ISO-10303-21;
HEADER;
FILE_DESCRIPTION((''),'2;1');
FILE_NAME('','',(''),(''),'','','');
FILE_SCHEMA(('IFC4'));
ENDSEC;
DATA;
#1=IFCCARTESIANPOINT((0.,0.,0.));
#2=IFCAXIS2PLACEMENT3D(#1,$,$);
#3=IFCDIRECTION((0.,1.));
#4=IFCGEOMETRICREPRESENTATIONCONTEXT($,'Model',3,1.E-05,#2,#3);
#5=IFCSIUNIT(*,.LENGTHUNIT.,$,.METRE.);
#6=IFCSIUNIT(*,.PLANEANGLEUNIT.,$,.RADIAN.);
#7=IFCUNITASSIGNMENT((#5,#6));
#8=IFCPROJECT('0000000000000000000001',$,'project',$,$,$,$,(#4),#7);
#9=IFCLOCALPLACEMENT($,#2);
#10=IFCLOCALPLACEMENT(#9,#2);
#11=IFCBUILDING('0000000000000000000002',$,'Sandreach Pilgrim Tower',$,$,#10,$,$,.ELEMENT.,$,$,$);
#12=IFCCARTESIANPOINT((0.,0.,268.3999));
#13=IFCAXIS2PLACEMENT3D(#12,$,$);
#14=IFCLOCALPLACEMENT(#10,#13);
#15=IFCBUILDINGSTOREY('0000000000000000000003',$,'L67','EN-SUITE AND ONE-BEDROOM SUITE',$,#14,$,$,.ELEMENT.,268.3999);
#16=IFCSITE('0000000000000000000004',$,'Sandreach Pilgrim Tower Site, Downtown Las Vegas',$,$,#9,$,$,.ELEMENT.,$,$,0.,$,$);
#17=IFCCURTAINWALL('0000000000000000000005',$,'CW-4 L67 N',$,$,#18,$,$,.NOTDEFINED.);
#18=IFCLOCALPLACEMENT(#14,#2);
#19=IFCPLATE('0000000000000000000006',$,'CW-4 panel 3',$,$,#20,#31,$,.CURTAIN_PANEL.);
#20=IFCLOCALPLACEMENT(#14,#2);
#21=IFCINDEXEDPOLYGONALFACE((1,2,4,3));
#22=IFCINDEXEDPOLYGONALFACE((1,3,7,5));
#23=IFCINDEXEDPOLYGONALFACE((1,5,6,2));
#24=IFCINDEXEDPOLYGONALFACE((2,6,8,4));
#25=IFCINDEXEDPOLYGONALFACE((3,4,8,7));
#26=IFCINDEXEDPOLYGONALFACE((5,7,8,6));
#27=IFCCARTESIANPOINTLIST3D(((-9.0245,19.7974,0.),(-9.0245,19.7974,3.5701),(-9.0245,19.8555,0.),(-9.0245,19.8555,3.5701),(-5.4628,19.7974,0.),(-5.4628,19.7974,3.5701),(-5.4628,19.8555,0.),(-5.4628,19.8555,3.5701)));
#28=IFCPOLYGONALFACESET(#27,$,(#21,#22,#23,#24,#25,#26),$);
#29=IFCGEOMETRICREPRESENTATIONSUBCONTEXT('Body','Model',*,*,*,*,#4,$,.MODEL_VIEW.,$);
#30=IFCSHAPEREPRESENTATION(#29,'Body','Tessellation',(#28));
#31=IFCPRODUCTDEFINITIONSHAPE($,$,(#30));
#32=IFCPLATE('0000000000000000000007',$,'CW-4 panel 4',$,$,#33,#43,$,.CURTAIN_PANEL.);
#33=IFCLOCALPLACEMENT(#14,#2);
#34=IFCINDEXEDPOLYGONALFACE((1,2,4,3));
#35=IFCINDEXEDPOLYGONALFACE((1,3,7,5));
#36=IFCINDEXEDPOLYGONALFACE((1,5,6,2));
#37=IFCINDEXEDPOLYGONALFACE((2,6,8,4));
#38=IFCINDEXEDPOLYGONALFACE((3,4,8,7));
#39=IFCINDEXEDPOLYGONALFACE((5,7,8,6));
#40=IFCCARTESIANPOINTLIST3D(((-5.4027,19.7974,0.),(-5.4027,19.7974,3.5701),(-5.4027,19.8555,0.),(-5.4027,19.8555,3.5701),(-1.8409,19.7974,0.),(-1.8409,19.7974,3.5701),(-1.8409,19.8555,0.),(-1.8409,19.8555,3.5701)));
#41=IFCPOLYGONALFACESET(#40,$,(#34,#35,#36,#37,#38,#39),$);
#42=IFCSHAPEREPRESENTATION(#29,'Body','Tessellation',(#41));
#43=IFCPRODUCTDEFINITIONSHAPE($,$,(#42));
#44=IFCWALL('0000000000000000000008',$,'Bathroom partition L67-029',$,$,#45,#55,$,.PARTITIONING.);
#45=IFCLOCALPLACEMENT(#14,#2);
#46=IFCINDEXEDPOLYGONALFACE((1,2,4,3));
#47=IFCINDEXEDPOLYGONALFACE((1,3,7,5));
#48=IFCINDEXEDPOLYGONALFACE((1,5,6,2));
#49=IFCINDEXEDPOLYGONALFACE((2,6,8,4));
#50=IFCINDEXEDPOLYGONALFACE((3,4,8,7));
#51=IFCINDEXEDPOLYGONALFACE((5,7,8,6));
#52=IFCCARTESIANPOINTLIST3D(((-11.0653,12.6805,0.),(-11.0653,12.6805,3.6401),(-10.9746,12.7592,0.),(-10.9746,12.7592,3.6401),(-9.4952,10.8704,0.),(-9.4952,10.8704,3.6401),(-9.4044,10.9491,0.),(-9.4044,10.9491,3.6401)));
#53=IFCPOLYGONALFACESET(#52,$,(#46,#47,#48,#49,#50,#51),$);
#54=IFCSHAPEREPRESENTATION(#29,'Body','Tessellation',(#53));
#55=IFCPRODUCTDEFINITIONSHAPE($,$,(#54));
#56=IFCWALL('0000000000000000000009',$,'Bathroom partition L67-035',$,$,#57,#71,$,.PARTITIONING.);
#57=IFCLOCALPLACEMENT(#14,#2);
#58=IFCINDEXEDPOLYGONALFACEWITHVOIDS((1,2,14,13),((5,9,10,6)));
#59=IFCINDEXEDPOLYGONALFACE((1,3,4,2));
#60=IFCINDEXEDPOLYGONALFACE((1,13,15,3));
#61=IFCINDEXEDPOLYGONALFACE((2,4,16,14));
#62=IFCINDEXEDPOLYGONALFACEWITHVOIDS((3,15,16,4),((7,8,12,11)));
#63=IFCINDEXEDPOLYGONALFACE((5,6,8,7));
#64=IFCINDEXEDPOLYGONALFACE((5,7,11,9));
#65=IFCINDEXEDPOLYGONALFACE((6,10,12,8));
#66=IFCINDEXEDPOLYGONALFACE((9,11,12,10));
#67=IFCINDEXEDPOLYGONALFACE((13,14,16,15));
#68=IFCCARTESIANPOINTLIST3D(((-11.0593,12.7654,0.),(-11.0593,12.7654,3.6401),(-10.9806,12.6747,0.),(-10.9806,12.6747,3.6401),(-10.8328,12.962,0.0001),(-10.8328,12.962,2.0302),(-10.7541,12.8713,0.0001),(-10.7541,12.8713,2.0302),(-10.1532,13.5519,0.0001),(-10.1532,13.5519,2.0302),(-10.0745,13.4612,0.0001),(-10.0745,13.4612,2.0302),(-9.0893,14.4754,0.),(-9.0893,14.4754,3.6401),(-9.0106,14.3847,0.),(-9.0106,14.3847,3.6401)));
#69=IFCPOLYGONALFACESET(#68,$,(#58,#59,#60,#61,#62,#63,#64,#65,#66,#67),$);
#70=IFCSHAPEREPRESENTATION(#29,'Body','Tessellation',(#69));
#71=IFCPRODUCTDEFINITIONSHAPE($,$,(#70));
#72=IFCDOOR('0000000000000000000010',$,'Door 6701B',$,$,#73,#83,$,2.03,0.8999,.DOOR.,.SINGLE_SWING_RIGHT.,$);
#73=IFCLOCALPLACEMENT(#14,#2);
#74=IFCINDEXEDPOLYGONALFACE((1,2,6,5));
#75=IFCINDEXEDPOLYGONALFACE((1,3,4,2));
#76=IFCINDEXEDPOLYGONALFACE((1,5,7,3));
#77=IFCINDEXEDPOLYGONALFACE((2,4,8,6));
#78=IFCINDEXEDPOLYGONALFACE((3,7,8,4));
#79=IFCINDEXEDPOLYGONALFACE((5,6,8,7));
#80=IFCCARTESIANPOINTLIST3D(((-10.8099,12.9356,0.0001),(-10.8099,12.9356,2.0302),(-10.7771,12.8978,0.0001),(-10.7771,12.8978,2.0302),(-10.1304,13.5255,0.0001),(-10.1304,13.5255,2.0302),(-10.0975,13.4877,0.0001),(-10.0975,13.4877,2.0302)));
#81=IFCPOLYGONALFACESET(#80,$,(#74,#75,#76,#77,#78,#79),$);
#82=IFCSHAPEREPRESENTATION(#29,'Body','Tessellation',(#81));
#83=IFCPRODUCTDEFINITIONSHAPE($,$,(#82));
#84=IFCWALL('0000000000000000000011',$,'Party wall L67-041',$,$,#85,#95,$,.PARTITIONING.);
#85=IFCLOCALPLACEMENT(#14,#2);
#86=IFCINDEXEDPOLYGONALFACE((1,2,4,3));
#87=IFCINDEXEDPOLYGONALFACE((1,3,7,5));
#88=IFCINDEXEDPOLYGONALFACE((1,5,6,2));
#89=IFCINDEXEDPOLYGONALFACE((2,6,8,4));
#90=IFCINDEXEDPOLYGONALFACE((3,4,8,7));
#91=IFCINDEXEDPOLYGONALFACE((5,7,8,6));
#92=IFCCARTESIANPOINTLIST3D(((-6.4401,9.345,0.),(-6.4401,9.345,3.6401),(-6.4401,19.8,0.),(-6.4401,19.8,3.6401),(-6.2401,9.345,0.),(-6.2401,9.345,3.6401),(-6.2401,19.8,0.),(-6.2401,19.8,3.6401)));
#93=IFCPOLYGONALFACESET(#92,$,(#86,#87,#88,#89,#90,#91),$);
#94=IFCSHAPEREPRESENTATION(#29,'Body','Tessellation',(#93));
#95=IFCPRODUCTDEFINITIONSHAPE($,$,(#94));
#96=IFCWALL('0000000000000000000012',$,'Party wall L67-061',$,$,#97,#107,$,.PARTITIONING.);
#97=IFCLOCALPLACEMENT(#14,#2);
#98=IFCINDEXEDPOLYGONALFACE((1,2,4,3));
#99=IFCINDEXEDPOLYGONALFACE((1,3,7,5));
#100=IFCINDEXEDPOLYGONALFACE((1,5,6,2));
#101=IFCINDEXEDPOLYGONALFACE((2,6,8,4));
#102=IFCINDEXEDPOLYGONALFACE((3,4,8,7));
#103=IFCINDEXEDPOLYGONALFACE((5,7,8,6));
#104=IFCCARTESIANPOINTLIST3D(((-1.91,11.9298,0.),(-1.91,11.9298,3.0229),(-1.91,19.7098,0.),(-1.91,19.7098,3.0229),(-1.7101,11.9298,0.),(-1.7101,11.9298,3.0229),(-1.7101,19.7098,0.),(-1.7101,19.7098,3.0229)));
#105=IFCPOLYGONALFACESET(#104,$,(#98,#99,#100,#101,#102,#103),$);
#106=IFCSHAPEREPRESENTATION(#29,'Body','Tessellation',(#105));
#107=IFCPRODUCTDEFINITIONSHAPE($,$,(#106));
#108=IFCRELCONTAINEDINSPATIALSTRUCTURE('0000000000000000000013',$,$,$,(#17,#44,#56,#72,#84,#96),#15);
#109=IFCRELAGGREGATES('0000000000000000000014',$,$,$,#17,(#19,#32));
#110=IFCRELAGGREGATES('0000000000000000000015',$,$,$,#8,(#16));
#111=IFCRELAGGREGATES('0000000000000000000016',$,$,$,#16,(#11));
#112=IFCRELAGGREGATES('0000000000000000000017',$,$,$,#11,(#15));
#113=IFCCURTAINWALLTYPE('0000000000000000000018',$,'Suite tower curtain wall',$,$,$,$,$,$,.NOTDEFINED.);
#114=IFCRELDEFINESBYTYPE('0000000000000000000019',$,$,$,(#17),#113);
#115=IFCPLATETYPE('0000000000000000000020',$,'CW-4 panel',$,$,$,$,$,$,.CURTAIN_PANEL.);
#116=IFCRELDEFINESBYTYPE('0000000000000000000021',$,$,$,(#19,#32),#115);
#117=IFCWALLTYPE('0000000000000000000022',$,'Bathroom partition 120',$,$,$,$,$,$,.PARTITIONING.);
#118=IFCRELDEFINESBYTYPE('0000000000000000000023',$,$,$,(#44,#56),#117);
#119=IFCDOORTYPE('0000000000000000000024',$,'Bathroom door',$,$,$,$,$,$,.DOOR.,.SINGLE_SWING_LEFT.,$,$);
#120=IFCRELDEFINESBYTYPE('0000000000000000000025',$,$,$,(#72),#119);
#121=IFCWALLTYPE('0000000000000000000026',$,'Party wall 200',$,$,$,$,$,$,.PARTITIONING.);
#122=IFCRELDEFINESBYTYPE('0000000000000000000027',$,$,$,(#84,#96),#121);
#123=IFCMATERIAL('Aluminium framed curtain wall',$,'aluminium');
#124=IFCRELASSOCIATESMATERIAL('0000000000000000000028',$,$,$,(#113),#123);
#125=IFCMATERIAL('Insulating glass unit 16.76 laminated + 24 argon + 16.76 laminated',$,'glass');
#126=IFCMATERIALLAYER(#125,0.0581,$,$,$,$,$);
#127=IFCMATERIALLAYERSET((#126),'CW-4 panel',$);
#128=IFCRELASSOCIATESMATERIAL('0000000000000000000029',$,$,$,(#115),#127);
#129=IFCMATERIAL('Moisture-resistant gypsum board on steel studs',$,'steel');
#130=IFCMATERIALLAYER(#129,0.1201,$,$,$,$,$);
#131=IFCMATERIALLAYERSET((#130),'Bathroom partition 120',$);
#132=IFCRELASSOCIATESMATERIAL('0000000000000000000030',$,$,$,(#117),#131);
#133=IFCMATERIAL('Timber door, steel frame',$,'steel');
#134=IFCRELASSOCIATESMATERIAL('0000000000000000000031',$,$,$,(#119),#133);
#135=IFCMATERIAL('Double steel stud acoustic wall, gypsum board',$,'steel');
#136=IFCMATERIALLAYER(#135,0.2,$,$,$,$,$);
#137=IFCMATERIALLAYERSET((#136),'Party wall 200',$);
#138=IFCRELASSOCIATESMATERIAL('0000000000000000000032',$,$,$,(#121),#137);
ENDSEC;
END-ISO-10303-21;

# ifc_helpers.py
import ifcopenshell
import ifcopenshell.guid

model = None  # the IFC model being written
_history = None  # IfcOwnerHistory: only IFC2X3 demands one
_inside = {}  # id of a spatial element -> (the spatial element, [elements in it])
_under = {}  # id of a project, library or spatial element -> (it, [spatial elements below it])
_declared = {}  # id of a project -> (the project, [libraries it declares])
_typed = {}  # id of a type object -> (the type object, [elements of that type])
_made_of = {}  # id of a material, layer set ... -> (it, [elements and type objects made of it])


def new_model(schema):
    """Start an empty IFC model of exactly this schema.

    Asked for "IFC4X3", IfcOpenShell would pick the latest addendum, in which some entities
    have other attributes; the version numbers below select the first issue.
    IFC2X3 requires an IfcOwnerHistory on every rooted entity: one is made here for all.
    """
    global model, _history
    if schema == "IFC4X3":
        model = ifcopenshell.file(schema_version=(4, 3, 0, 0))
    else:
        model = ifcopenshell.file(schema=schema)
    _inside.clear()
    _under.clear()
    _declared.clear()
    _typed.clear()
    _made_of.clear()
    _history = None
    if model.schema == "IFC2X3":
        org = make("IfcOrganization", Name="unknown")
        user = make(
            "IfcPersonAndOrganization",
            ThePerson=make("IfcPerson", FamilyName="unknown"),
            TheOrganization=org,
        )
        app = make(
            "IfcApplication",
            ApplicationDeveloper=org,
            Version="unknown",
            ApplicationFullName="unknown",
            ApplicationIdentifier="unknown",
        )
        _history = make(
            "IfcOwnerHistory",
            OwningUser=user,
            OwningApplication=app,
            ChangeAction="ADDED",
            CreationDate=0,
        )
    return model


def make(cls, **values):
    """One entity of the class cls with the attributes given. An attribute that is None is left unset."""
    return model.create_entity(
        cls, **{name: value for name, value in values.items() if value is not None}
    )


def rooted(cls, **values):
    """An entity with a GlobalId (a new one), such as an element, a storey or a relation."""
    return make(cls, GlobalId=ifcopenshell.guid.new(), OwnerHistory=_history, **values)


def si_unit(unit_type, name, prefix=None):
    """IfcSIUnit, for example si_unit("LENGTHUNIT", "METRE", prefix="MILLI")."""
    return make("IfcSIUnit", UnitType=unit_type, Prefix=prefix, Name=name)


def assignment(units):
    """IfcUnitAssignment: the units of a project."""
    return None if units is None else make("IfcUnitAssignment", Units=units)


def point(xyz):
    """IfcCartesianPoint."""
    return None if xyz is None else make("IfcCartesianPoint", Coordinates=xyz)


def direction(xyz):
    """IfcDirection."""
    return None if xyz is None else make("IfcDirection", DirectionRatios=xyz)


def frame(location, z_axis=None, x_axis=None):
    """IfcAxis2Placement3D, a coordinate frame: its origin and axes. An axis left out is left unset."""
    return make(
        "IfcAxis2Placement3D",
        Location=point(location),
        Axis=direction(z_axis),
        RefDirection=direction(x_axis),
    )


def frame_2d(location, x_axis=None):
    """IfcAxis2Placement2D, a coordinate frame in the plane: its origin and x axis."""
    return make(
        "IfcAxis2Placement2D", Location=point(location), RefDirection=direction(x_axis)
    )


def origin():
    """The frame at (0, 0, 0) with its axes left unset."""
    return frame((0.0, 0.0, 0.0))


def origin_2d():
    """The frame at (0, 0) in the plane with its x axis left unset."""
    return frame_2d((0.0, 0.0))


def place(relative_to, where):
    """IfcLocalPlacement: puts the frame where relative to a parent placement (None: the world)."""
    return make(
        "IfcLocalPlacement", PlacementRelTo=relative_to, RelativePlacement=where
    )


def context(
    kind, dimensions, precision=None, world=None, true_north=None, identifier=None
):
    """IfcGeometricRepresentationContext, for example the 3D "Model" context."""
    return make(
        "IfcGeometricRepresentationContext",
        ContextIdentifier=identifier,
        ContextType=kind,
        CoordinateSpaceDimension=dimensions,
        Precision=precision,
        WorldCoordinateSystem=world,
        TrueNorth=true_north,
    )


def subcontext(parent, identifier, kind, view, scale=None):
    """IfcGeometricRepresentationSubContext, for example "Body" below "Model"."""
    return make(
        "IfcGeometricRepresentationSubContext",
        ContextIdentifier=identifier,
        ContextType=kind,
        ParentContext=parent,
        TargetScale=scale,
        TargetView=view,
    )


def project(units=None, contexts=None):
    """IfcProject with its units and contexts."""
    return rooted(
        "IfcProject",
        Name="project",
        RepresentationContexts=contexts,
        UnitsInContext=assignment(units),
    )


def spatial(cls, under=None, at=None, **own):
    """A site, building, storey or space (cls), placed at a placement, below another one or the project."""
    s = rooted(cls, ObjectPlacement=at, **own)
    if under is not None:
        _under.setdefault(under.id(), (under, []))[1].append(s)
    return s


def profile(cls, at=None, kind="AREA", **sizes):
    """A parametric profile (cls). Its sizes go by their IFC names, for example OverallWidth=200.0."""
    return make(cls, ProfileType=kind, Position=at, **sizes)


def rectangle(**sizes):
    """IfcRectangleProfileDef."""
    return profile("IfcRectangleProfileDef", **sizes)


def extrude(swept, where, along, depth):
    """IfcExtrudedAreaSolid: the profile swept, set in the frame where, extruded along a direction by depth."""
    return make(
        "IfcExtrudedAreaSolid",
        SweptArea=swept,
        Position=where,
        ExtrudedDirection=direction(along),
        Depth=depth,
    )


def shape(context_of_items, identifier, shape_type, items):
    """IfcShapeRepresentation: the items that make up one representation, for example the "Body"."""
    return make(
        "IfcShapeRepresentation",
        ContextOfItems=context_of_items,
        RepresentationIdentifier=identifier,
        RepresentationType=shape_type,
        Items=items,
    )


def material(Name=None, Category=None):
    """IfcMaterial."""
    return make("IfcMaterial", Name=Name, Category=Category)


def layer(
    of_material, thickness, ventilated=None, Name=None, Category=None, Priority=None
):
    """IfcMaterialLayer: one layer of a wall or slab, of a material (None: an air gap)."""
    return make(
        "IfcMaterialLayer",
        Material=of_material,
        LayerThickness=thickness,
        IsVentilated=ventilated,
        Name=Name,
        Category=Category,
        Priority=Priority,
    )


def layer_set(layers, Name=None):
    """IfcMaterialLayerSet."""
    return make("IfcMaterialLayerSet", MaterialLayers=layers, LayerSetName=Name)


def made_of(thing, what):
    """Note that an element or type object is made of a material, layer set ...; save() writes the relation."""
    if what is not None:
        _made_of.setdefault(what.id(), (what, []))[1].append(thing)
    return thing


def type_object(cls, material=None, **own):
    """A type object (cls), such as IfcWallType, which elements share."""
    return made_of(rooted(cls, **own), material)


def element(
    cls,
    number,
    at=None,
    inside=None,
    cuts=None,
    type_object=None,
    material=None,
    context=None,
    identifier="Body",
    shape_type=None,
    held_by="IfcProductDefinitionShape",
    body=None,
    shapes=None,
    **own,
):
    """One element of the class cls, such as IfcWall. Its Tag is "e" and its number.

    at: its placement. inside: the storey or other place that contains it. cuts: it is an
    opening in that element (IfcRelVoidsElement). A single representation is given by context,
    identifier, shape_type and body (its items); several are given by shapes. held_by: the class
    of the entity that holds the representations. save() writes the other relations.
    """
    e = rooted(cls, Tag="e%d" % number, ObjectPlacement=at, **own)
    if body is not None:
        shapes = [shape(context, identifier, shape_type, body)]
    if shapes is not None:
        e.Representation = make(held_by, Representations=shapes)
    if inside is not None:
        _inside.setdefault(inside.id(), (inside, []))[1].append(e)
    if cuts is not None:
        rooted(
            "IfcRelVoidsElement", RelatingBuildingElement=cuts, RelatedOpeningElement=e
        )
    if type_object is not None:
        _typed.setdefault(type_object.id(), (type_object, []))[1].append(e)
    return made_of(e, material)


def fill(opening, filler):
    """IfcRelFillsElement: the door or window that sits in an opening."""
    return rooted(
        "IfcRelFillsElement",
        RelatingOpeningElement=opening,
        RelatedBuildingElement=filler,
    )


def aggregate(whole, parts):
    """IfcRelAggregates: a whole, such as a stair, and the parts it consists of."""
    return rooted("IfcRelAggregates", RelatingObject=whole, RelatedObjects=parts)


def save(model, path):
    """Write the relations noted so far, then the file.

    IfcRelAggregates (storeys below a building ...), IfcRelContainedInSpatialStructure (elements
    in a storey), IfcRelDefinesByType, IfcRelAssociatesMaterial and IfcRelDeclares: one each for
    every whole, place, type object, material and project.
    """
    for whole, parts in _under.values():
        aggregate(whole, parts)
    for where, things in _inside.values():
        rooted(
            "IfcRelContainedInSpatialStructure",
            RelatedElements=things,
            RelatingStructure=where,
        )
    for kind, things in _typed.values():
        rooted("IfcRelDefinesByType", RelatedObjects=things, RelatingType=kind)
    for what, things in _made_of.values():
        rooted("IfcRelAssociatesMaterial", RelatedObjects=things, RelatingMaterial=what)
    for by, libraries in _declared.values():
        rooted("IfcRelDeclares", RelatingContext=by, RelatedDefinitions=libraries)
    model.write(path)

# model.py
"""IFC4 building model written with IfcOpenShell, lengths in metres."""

from ifc_helpers import new_model, si_unit, direction, frame, frame_2d, origin, origin_2d, place, context, subcontext, project, spatial, rectangle, extrude, material, layer, layer_set, type_object, element, fill, aggregate, save


model = new_model("IFC4")

# Units and contexts
model_context = context("Model", 3, precision=1e-05, world=origin(), true_north=direction((0.0, 1.0)))
body_context = subcontext(model_context, "Body", "Model", "MODEL_VIEW")
ifc_project = project(units=[si_unit("LENGTHUNIT", "METRE"), si_unit("PLANEANGLEUNIT", "RADIAN")], contexts=[model_context])

# Site, building, storey
site_placement = place(None, origin())
site = spatial("IfcSite", under=ifc_project, at=site_placement, Name="Sandreach Pilgrim Tower Site, Downtown Las Vegas", CompositionType="ELEMENT", RefElevation=0.0)
building_placement = place(site_placement, origin())
building = spatial("IfcBuilding", under=site, at=building_placement, Name="Sandreach Pilgrim Tower", CompositionType="ELEMENT")
storey_placement = place(building_placement, frame((0.0, 0.0, 268.3999)))
storey = spatial("IfcBuildingStorey", under=building, at=storey_placement, Name="L67", Description="EN-SUITE AND ONE-BEDROOM SUITE", CompositionType="ELEMENT", Elevation=268.3999)

# Curtain wall
ifc_material_1 = material(Name="Aluminium framed curtain wall", Category="aluminium")
curtain_wall_type = type_object("IfcCurtainWallType", Name="Suite tower curtain wall", PredefinedType="NOTDEFINED", material=ifc_material_1)
curtain_wall_placement = place(storey_placement, origin())
curtain_wall = element("IfcCurtainWall", 1, at=curtain_wall_placement, inside=storey, type_object=curtain_wall_type, Name="CW-4 L67 N", PredefinedType="NOTDEFINED")

# Plates
ifc_material_2 = material(Name="Insulating glass unit 16.76 laminated + 24 argon + 16.76 laminated", Category="glass")
ifc_layer_1 = layer(ifc_material_2, 0.0581)
ifc_layer_set_1 = layer_set([ifc_layer_1], Name="CW-4 panel")
plate_type = type_object("IfcPlateType", Name="CW-4 panel", PredefinedType="CURTAIN_PANEL", material=ifc_layer_set_1)
plate_1_placement = place(storey_placement, frame((-7.2437, 19.8264, 0.0), z_axis=(0.0, 0.0, 1.0), x_axis=(1.0, 0.0, 0.0)))
plate_1 = element("IfcPlate", 2, at=plate_1_placement, type_object=plate_type, Name="CW-4 panel 3", PredefinedType="CURTAIN_PANEL", context=body_context, shape_type="SweptSolid", body=[
    extrude(rectangle(XDim=3.5618, YDim=0.0581, at=origin_2d()), origin(), (0.0, 0.0, 1.0), 3.5701),
])
plate_2_placement = place(storey_placement, frame((-3.6218, 19.8264, 0.0), z_axis=(0.0, 0.0, 1.0), x_axis=(1.0, 0.0, 0.0)))
plate_2 = element("IfcPlate", 3, at=plate_2_placement, type_object=plate_type, Name="CW-4 panel 4", PredefinedType="CURTAIN_PANEL", context=body_context, shape_type="SweptSolid", body=[
    extrude(rectangle(XDim=3.5618, YDim=0.0581, at=origin_2d()), origin(), (0.0, 0.0, 1.0), 3.5701),
])
aggregate(curtain_wall, [plate_1, plate_2])

# Wall
ifc_material_3 = material(Name="Moisture-resistant gypsum board on steel studs", Category="steel")
ifc_layer_2 = layer(ifc_material_3, 0.1201)
ifc_layer_set_2 = layer_set([ifc_layer_2], Name="Bathroom partition 120")
wall_type_1 = type_object("IfcWallType", Name="Bathroom partition 120", PredefinedType="PARTITIONING", material=ifc_layer_set_2)
wall_1_placement = place(storey_placement, frame((-11.02, 12.72, 0.0), z_axis=(0.0, 0.0, 1.0), x_axis=(0.655252, -0.75541, 0.0)))
element("IfcWall", 4, at=wall_1_placement, inside=storey, type_object=wall_type_1, Name="Bathroom partition L67-029", PredefinedType="PARTITIONING", context=body_context, shape_type="SweptSolid", body=[
    extrude(rectangle(XDim=2.3962, YDim=0.1201, at=frame_2d((1.1982, 0.0))), origin(), (0.0, 0.0, 1.0), 3.6401),
])

# Wall, opening, door
wall_2_placement = place(storey_placement, frame((-9.05, 14.4299, 0.0), z_axis=(0.0, 0.0, 1.0), x_axis=(-0.755186, -0.655511, 0.0)))
wall_2 = element("IfcWall", 5, at=wall_2_placement, inside=storey, type_object=wall_type_1, Name="Bathroom partition L67-035", PredefinedType="PARTITIONING", context=body_context, shape_type="SweptSolid", body=[
    extrude(rectangle(XDim=2.6086, YDim=0.1201, at=frame_2d((1.3042, 0.0))), origin(), (0.0, 0.0, 1.0), 3.6401),
])
opening_placement = place(wall_2_placement, frame((1.4087, 0.0, 0.0)))
opening = element("IfcOpeningElement", 6, at=opening_placement, cuts=wall_2, PredefinedType="OPENING", context=body_context, shape_type="SweptSolid", body=[
    extrude(rectangle(XDim=0.8999, YDim=2.03, at=frame_2d((0.45, 1.0151))), frame((0.0, 0.0601, 0.0), z_axis=(0.0, -1.0, 0.0), x_axis=(1.0, 0.0, 0.0)), (0.0, 0.0, 1.0), 0.1201),
])
ifc_material_4 = material(Name="Timber door, steel frame", Category="steel")
door_type = type_object("IfcDoorType", Name="Bathroom door", OperationType="SINGLE_SWING_LEFT", PredefinedType="DOOR", material=ifc_material_4)
door_placement = place(opening_placement, origin())
door = element("IfcDoor", 7, at=door_placement, inside=storey, type_object=door_type, Name="Door 6701B", OperationType="SINGLE_SWING_RIGHT", OverallHeight=2.03, OverallWidth=0.8999, PredefinedType="DOOR", context=body_context, shape_type="SweptSolid", body=[
    extrude(rectangle(XDim=0.8999, YDim=2.03, at=frame_2d((0.45, 1.0151))), frame((0.0, 0.0249, 0.0), z_axis=(0.0, -1.0, 0.0), x_axis=(1.0, 0.0, 0.0)), (0.0, 0.0, 1.0), 0.05),
])
fill(opening, door)

# Walls
ifc_material_5 = material(Name="Double steel stud acoustic wall, gypsum board", Category="steel")
ifc_layer_3 = layer(ifc_material_5, 0.2)
ifc_layer_set_3 = layer_set([ifc_layer_3], Name="Party wall 200")
wall_type_2 = type_object("IfcWallType", Name="Party wall 200", PredefinedType="PARTITIONING", material=ifc_layer_set_3)
wall_3_placement = place(storey_placement, frame((-6.3401, 19.8, 0.0), z_axis=(0.0, 0.0, 1.0), x_axis=(0.0, -1.0, 0.0)))
element("IfcWall", 8, at=wall_3_placement, inside=storey, type_object=wall_type_2, Name="Party wall L67-041", PredefinedType="PARTITIONING", context=body_context, shape_type="SweptSolid", body=[
    extrude(rectangle(XDim=10.4551, YDim=0.2, at=frame_2d((5.2275, 0.0))), origin(), (0.0, 0.0, 1.0), 3.6401),
])
wall_4_placement = place(storey_placement, frame((-1.8101, 19.71, 0.0), z_axis=(0.0, 0.0, 1.0), x_axis=(0.0, -1.0, 0.0)))
element("IfcWall", 9, at=wall_4_placement, inside=storey, type_object=wall_type_2, Name="Party wall L67-061", PredefinedType="PARTITIONING", context=body_context, shape_type="SweptSolid", body=[
    extrude(rectangle(XDim=7.78, YDim=0.2, at=frame_2d((3.8901, 0.0))), origin(), (0.0, 0.0, 1.0), 3.0229),
])

save(model, "model.ifc")
